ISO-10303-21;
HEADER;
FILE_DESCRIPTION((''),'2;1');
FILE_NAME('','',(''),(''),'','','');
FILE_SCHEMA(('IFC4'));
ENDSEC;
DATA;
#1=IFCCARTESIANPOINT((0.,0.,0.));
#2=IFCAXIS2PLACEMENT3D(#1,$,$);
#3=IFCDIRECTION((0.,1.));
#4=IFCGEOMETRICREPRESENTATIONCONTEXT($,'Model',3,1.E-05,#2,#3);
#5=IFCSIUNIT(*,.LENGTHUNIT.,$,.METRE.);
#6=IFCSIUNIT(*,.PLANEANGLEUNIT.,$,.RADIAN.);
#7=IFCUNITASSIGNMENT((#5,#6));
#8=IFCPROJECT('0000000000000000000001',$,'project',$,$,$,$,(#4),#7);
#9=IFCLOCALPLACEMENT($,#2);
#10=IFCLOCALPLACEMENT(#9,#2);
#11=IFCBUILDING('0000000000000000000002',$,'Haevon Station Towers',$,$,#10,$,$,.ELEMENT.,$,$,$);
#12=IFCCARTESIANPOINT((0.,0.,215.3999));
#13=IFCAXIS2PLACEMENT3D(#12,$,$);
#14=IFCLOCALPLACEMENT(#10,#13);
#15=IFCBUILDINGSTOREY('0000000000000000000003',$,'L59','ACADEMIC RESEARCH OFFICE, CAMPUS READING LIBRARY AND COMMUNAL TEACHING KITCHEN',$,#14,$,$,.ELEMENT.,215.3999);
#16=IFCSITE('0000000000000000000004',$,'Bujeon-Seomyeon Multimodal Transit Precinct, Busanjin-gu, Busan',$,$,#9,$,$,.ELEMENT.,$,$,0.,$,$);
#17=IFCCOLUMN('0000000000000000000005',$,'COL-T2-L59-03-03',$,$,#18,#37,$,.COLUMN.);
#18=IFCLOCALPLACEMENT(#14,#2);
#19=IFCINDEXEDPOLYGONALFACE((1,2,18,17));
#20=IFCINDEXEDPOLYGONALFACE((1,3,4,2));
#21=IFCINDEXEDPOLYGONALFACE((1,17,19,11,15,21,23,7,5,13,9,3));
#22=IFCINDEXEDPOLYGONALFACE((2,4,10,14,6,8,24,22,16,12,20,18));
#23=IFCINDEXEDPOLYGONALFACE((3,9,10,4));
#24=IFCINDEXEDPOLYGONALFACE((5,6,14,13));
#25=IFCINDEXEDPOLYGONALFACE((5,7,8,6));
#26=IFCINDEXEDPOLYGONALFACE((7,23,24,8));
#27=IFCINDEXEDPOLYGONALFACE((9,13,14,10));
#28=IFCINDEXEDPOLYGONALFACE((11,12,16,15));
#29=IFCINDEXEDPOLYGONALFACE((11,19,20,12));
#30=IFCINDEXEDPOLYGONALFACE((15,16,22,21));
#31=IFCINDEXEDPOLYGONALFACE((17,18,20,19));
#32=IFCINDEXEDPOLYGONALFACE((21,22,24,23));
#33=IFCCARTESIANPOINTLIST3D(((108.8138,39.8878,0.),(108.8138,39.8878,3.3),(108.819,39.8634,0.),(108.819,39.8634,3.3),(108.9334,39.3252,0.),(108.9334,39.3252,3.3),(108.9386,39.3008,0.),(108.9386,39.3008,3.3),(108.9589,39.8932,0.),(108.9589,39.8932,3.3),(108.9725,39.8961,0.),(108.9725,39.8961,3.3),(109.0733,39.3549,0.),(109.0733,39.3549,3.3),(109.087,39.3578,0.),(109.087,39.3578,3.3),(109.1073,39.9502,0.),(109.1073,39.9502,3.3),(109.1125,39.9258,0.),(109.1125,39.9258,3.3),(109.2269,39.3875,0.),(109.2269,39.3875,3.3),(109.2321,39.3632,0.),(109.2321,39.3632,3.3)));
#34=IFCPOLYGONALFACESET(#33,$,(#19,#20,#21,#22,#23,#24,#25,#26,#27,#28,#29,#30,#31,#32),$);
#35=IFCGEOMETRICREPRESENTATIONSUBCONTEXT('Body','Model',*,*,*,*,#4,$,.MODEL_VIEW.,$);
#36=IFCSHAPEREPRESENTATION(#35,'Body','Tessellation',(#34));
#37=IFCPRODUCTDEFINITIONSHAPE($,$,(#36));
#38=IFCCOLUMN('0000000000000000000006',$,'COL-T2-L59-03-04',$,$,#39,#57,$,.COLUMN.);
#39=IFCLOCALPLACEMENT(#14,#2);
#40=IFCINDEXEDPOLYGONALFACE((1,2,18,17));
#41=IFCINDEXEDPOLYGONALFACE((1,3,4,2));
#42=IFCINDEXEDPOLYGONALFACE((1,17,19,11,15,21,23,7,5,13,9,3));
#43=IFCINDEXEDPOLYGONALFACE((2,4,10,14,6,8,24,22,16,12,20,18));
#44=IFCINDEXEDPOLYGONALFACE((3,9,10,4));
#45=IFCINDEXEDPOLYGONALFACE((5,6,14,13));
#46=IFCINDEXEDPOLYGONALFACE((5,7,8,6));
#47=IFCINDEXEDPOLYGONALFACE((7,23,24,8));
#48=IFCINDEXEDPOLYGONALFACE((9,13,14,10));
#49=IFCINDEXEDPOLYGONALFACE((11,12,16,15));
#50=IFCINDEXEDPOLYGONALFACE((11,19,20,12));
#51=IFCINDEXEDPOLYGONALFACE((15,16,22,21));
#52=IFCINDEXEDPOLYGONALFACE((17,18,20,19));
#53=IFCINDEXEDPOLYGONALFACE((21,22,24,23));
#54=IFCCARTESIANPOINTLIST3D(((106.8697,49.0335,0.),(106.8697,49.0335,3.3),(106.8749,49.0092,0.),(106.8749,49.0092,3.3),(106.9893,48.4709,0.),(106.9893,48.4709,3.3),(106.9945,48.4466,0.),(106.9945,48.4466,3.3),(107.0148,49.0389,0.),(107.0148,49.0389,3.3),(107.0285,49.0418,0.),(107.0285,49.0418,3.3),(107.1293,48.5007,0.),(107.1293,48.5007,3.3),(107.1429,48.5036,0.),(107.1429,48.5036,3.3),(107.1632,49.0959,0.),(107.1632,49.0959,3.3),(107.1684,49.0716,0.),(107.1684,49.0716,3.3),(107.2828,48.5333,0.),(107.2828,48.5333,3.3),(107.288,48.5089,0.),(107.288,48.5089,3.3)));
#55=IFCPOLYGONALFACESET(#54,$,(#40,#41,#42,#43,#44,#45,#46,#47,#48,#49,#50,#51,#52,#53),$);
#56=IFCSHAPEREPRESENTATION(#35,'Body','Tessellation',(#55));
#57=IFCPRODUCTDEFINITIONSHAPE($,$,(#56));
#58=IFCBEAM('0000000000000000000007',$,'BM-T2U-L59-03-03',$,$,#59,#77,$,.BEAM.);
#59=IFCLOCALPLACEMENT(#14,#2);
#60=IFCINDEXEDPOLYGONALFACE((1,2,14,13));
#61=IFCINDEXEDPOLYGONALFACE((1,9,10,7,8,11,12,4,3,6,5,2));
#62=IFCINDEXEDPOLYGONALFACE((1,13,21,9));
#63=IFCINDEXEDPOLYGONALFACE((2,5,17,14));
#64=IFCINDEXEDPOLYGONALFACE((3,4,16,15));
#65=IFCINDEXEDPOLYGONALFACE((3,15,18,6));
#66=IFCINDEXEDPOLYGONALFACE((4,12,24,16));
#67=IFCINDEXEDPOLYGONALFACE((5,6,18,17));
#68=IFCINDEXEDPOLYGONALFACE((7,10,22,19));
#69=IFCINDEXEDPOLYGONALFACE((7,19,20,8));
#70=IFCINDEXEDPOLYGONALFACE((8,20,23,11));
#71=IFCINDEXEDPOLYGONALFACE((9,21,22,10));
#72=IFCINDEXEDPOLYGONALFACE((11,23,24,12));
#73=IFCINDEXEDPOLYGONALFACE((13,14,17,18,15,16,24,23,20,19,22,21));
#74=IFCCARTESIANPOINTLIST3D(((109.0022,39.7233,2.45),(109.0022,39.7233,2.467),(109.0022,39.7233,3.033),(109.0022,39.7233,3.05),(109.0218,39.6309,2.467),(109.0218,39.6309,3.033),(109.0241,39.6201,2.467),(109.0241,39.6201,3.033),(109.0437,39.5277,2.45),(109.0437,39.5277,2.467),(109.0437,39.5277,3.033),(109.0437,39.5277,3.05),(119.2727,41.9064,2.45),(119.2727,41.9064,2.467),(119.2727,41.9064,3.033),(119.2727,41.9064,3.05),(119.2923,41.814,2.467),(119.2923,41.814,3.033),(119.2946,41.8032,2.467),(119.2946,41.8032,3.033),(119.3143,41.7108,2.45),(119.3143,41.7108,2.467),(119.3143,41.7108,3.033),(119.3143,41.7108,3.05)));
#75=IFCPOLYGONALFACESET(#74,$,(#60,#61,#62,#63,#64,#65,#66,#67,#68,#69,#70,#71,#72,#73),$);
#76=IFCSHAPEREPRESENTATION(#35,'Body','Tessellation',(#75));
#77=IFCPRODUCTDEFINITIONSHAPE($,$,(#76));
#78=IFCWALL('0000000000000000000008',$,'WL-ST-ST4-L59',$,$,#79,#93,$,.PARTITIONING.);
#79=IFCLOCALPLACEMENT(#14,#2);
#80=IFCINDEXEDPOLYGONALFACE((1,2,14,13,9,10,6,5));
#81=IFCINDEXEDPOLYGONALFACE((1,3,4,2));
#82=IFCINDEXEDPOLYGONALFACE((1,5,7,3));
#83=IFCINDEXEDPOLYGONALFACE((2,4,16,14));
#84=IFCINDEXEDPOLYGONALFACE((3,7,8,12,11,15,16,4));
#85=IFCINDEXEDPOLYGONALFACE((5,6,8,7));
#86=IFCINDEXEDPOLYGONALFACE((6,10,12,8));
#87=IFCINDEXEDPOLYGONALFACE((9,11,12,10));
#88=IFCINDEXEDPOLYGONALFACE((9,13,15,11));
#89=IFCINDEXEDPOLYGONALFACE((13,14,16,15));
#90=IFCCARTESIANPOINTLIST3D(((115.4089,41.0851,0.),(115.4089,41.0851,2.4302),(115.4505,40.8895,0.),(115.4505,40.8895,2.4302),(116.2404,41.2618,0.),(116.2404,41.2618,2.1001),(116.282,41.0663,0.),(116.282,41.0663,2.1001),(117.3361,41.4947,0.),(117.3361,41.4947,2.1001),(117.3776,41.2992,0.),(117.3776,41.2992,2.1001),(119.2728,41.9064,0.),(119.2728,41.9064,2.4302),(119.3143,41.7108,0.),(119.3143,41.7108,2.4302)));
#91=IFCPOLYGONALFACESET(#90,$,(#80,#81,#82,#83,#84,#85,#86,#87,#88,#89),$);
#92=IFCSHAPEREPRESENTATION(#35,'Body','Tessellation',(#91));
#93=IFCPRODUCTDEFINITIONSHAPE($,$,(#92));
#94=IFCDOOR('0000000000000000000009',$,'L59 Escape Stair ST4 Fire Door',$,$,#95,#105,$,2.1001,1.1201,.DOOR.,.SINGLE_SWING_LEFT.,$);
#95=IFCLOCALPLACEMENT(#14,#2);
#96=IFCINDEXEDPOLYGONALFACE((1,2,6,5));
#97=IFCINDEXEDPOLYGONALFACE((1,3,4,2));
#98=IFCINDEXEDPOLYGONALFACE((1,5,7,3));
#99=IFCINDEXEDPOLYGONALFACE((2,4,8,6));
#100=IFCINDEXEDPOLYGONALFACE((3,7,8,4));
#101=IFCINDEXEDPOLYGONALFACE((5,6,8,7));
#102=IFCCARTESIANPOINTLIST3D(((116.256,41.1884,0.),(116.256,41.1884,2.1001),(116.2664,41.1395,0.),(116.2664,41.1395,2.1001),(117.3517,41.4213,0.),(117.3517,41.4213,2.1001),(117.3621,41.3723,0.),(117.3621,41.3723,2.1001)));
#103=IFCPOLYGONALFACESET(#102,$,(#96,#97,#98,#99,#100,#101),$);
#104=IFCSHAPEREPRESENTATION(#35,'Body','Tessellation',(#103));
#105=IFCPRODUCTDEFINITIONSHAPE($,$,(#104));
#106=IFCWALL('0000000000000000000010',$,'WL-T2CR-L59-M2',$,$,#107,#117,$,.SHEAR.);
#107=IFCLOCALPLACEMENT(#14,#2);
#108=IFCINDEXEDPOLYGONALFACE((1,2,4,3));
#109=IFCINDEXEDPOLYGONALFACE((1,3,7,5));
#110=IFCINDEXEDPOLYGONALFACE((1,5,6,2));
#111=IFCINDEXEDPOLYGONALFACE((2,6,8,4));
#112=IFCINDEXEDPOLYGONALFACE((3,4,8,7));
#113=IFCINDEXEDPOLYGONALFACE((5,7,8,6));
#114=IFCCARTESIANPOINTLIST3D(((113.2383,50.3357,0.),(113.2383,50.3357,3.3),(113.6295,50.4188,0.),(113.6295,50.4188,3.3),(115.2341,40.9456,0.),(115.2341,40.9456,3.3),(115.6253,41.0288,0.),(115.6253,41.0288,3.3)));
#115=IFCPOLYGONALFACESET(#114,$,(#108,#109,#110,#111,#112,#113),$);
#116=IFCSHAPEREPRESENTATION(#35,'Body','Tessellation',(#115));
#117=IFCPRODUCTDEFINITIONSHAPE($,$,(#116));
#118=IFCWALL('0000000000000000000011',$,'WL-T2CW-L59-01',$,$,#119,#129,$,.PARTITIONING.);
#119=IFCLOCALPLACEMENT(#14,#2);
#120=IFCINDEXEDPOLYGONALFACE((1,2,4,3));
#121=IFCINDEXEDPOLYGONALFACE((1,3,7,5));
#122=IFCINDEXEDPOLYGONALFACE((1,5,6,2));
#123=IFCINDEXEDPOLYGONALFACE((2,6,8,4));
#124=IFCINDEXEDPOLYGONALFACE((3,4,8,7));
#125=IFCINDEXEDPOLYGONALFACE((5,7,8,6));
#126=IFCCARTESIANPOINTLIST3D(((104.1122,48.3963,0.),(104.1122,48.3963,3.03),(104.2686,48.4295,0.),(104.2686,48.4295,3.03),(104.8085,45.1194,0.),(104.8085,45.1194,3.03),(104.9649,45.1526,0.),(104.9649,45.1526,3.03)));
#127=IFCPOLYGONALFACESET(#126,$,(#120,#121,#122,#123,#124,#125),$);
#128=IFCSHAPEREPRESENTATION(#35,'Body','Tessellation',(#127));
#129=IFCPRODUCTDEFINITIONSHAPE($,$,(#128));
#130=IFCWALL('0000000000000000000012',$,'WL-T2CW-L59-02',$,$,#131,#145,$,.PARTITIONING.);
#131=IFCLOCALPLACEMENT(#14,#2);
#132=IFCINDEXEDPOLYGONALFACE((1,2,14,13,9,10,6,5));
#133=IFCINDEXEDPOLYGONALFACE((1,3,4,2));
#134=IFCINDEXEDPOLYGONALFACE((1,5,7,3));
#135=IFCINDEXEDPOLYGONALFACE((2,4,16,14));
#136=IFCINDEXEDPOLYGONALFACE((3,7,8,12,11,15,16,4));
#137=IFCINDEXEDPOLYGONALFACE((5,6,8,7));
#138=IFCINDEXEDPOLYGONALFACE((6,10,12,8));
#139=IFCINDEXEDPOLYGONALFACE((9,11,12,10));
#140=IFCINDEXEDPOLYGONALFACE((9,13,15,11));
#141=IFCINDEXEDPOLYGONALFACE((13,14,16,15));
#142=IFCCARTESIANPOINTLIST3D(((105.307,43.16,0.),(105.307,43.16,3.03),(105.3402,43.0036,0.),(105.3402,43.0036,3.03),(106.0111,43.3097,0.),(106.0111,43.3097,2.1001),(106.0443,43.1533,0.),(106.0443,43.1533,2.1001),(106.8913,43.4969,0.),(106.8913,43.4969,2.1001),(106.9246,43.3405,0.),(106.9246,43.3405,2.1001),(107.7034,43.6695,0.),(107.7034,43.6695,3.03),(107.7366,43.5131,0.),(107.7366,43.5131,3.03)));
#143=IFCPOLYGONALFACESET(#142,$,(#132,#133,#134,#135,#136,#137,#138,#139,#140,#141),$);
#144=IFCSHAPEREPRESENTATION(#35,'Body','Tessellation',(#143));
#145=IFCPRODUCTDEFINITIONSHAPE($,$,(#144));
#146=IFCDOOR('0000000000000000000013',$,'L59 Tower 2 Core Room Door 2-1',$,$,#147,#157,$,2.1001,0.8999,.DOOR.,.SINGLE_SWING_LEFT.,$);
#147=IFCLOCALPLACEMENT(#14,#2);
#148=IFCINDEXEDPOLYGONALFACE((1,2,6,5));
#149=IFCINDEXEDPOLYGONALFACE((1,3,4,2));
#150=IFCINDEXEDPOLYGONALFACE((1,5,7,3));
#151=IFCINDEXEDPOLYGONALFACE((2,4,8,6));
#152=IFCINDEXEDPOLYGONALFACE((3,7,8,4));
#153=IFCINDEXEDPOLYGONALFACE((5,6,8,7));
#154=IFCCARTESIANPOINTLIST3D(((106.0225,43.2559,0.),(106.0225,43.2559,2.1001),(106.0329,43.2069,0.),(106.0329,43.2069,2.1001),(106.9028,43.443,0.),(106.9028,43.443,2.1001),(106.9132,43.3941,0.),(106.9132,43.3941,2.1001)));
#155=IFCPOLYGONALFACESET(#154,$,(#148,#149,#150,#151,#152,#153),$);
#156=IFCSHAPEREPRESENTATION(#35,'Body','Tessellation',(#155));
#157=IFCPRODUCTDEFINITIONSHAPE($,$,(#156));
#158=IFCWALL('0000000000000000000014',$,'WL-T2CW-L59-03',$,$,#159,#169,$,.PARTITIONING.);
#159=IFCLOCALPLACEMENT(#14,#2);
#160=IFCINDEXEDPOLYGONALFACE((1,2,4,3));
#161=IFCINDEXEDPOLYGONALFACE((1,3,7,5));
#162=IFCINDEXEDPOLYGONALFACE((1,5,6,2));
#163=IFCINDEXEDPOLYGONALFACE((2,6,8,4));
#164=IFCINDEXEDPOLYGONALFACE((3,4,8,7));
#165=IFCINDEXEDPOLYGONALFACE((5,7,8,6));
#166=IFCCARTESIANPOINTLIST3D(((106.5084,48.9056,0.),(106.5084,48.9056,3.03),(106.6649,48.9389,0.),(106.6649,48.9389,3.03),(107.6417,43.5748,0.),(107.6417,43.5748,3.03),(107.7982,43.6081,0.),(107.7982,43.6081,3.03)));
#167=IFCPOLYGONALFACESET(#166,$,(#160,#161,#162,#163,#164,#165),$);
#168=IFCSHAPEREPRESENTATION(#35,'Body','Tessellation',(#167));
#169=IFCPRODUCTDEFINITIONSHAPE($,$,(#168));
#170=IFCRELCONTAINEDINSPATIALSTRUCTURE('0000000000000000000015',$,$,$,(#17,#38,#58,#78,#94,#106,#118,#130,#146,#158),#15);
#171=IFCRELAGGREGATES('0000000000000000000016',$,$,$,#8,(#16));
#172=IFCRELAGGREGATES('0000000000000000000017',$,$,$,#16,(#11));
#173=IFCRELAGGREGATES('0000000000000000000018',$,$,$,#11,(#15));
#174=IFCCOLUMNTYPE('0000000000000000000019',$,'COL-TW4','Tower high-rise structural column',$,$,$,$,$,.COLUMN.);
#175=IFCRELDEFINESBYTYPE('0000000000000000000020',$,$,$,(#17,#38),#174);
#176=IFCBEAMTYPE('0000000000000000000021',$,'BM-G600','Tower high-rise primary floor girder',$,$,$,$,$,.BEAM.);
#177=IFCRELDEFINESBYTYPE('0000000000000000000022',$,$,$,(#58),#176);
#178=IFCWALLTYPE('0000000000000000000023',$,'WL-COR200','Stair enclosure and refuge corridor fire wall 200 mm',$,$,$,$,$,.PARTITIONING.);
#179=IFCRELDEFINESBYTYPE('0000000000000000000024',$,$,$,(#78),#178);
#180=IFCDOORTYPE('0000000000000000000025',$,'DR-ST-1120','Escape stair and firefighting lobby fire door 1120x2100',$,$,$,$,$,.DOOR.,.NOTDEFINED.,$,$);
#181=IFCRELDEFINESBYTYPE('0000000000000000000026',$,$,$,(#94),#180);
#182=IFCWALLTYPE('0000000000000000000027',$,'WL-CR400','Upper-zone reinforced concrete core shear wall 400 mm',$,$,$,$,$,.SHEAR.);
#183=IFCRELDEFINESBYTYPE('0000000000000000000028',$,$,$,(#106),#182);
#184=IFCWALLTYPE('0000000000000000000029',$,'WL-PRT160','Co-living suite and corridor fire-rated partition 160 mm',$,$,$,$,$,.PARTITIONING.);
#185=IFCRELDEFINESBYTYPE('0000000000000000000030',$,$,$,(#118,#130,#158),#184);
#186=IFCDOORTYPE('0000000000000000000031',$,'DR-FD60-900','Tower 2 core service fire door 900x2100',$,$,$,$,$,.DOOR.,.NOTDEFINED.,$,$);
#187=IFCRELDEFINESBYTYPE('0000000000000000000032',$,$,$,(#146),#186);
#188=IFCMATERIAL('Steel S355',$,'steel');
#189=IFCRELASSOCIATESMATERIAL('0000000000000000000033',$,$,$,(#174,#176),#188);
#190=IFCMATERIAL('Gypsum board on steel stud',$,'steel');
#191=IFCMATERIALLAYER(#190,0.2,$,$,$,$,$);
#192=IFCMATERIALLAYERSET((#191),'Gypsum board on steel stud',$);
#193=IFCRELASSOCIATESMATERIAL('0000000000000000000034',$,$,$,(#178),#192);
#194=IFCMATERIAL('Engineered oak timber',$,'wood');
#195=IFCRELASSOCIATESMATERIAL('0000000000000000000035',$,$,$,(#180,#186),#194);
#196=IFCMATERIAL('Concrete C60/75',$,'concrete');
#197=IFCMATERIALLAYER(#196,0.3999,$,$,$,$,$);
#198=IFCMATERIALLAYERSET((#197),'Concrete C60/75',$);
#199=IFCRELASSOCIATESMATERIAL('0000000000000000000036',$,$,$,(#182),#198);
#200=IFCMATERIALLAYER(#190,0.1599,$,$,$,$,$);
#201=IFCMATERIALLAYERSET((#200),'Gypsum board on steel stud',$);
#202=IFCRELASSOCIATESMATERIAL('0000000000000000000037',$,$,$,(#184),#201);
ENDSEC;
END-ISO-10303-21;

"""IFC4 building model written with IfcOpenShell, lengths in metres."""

from ifc_helpers import new_model, si_unit, direction, frame, frame_2d, origin, origin_2d, place, context, subcontext, project, spatial, rectangle, i_section, extrude, material, layer, layer_set, material_profile, profile_set, type_object, element, fill, save


model = new_model("IFC4")

# Units and contexts
model_context = context("Model", 3, precision=1e-05, world=origin(), true_north=direction((0.0, 1.0)))
body_context = subcontext(model_context, "Body", "Model", "MODEL_VIEW")
ifc_project = project(units=[si_unit("LENGTHUNIT", "METRE"), si_unit("PLANEANGLEUNIT", "RADIAN")], contexts=[model_context])

# Site, building, storey
site_placement = place(None, origin())
site = spatial("IfcSite", under=ifc_project, at=site_placement, Name="Bujeon-Seomyeon Multimodal Transit Precinct, Busanjin-gu, Busan", CompositionType="ELEMENT", RefElevation=0.0)
building_placement = place(site_placement, origin())
building = spatial("IfcBuilding", under=site, at=building_placement, Name="Haevon Station Towers", CompositionType="ELEMENT")
storey_placement = place(building_placement, frame((0.0, 0.0, 215.3999)))
storey = spatial("IfcBuildingStorey", under=building, at=storey_placement, Name="L59", Description="ACADEMIC RESEARCH OFFICE, CAMPUS READING LIBRARY AND COMMUNAL TEACHING KITCHEN", CompositionType="ELEMENT", Elevation=215.3999)

# Columns
ifc_material_1 = material(Name="Steel S355", Category="steel")
ifc_material_profile_1 = material_profile(ifc_material_1, i_section(OverallWidth=0.3, OverallDepth=0.6001, WebThickness=0.0139, FlangeThickness=0.0249, at=origin_2d()), Name="H-600x300x14x25")
ifc_profile_set_1 = profile_set([ifc_material_profile_1], Name="Steel S355")
column_type = type_object("IfcColumnType", Name="COL-TW4", Description="Tower high-rise structural column", PredefinedType="COLUMN", material=ifc_profile_set_1)
for number, where, z_axis, x_axis, name in (
    (1, (109.0229, 39.6255, 0.0), (0.0, 0.0, 1.0), (0.978148, 0.207912, 0.0), "COL-T2-L59-03-03"),
    (2, (107.0789, 48.7712, 0.0), (0.0, 0.0, 1.0), (0.978148, 0.207912, 0.0), "COL-T2-L59-03-04"),
):
    element("IfcColumn", number, at=place(storey_placement, frame(where, z_axis=z_axis, x_axis=x_axis)), inside=storey, type_object=column_type, Name=name, PredefinedType="COLUMN", context=body_context, shape_type="SweptSolid", body=[
        extrude(i_section(OverallWidth=0.3, OverallDepth=0.6001, WebThickness=0.0139, FlangeThickness=0.0249, at=origin_2d()), origin(), (0.0, 0.0, 1.0), 3.3),
    ])

# Beam
ifc_material_profile_2 = material_profile(ifc_material_1, i_section(OverallWidth=0.2, OverallDepth=0.6001, WebThickness=0.011, FlangeThickness=0.0171, at=origin_2d()), Name="H-600x200x11x17")
ifc_profile_set_2 = profile_set([ifc_material_profile_2], Name="Steel S355")
beam_type = type_object("IfcBeamType", Name="BM-G600", Description="Tower high-rise primary floor girder", PredefinedType="BEAM", material=ifc_profile_set_2)
beam_placement = place(storey_placement, frame((109.0229, 39.6255, 2.75), z_axis=(0.978147, 0.207915, 0.0), x_axis=(-0.207915, 0.978147, 0.0)))
element("IfcBeam", 3, at=beam_placement, inside=storey, type_object=beam_type, Name="BM-T2U-L59-03-03", PredefinedType="BEAM", context=body_context, shape_type="SweptSolid", body=[
    extrude(i_section(OverallWidth=0.2, OverallDepth=0.6001, WebThickness=0.011, FlangeThickness=0.0171, at=origin_2d()), origin(), (0.0, 0.0, 1.0), 10.5),
])

# Wall, opening, door
ifc_material_2 = material(Name="Gypsum board on steel stud", Category="steel")
ifc_layer_1 = layer(ifc_material_2, 0.2)
ifc_layer_set_1 = layer_set([ifc_layer_1], Name="Gypsum board on steel stud")
wall_type_1 = type_object("IfcWallType", Name="WL-COR200", Description="Stair enclosure and refuge corridor fire wall 200 mm", PredefinedType="PARTITIONING", material=ifc_layer_set_1)
wall_1_placement = place(storey_placement, frame((115.4297, 40.9873, 0.0), z_axis=(0.0, 0.0, 1.0), x_axis=(0.978147, 0.207916, 0.0)))
wall_1 = element("IfcWall", 4, at=wall_1_placement, inside=storey, type_object=wall_type_1, Name="WL-ST-ST4-L59", PredefinedType="PARTITIONING", context=body_context, shape_type="SweptSolid", body=[
    extrude(rectangle(XDim=3.9502, YDim=0.2, at=frame_2d((1.9751, 0.0))), origin(), (0.0, 0.0, 1.0), 2.4302),
])
opening_1_placement = place(wall_1_placement, frame((0.8501, 0.0, 0.0)))
opening_1 = element("IfcOpeningElement", 5, at=opening_1_placement, cuts=wall_1, PredefinedType="OPENING", context=body_context, shape_type="SweptSolid", body=[
    extrude(rectangle(XDim=1.1201, YDim=2.1001, at=frame_2d((0.5601, 1.05))), frame((0.0, 0.1099, 0.0), z_axis=(0.0, -1.0, 0.0), x_axis=(1.0, 0.0, 0.0)), (0.0, 0.0, 1.0), 0.22),
])
ifc_material_3 = material(Name="Engineered oak timber", Category="wood")
door_type_1 = type_object("IfcDoorType", Name="DR-ST-1120", Description="Escape stair and firefighting lobby fire door 1120x2100", OperationType="NOTDEFINED", PredefinedType="DOOR", material=ifc_material_3)
door_1_placement = place(opening_1_placement, origin())
door_1 = element("IfcDoor", 6, at=door_1_placement, inside=storey, type_object=door_type_1, Name="L59 Escape Stair ST4 Fire Door", OperationType="SINGLE_SWING_LEFT", OverallHeight=2.1001, OverallWidth=1.1201, PredefinedType="DOOR", context=body_context, shape_type="SweptSolid", body=[
    extrude(rectangle(XDim=1.1201, YDim=2.1001, at=frame_2d((0.5601, 1.05))), frame((0.0, 0.0249, 0.0), z_axis=(0.0, -1.0, 0.0), x_axis=(1.0, 0.0, 0.0)), (0.0, 0.0, 1.0), 0.05),
])
fill(opening_1, door_1)

# Walls
ifc_material_4 = material(Name="Concrete C60/75", Category="concrete")
ifc_layer_2 = layer(ifc_material_4, 0.3999)
ifc_layer_set_2 = layer_set([ifc_layer_2], Name="Concrete C60/75")
wall_type_2 = type_object("IfcWallType", Name="WL-CR400", Description="Upper-zone reinforced concrete core shear wall 400 mm", PredefinedType="SHEAR", material=ifc_layer_set_2)
wall_2_placement = place(storey_placement, frame((115.4297, 40.9873, 0.0), z_axis=(0.0, 0.0, 1.0), x_axis=(-0.207903, 0.978149, 0.0)))
element("IfcWall", 7, at=wall_2_placement, inside=storey, type_object=wall_type_2, Name="WL-T2CR-L59-M2", PredefinedType="SHEAR", context=body_context, shape_type="SweptSolid", body=[
    extrude(rectangle(XDim=9.5999, YDim=0.3999, at=frame_2d((4.7998, 0.0))), origin(), (0.0, 0.0, 1.0), 3.3),
])
ifc_layer_3 = layer(ifc_material_2, 0.1599)
ifc_layer_set_3 = layer_set([ifc_layer_3], Name="Gypsum board on steel stud")
wall_type_3 = type_object("IfcWallType", Name="WL-PRT160", Description="Co-living suite and corridor fire-rated partition 160 mm", PredefinedType="PARTITIONING", material=ifc_layer_set_3)
wall_3_placement = place(storey_placement, frame((104.8867, 45.136, 0.0), z_axis=(0.0, 0.0, 1.0), x_axis=(-0.207847, 0.978161, 0.0)))
element("IfcWall", 8, at=wall_3_placement, inside=storey, type_object=wall_type_3, Name="WL-T2CW-L59-01", PredefinedType="PARTITIONING", context=body_context, shape_type="SweptSolid", body=[
    extrude(rectangle(XDim=3.3501, YDim=0.1599, at=frame_2d((1.675, 0.0))), origin(), (0.0, 0.0, 1.0), 3.03),
])

# Wall, opening, door
wall_4_placement = place(storey_placement, frame((105.3235, 43.0818, 0.0), z_axis=(0.0, 0.0, 1.0), x_axis=(0.978137, 0.207964, 0.0)))
wall_4 = element("IfcWall", 9, at=wall_4_placement, inside=storey, type_object=wall_type_3, Name="WL-T2CW-L59-02", PredefinedType="PARTITIONING", context=body_context, shape_type="SweptSolid", body=[
    extrude(rectangle(XDim=2.45, YDim=0.1599, at=frame_2d((1.2251, 0.0))), origin(), (0.0, 0.0, 1.0), 3.03),
])
opening_2_placement = place(wall_4_placement, frame((0.72, 0.0, 0.0)))
opening_2 = element("IfcOpeningElement", 10, at=opening_2_placement, cuts=wall_4, PredefinedType="OPENING", context=body_context, shape_type="SweptSolid", body=[
    extrude(rectangle(XDim=0.8999, YDim=2.1001, at=frame_2d((0.45, 1.05))), frame((0.0, 0.0898, 0.0), z_axis=(0.0, -1.0, 0.0), x_axis=(1.0, 0.0, 0.0)), (0.0, 0.0, 1.0), 0.1799),
])
door_type_2 = type_object("IfcDoorType", Name="DR-FD60-900", Description="Tower 2 core service fire door 900x2100", OperationType="NOTDEFINED", PredefinedType="DOOR", material=ifc_material_3)
door_2_placement = place(opening_2_placement, origin())
door_2 = element("IfcDoor", 11, at=door_2_placement, inside=storey, type_object=door_type_2, Name="L59 Tower 2 Core Room Door 2-1", OperationType="SINGLE_SWING_LEFT", OverallHeight=2.1001, OverallWidth=0.8999, PredefinedType="DOOR", context=body_context, shape_type="SweptSolid", body=[
    extrude(rectangle(XDim=0.8999, YDim=2.1001, at=frame_2d((0.45, 1.05))), frame((0.0, 0.0249, 0.0), z_axis=(0.0, -1.0, 0.0), x_axis=(1.0, 0.0, 0.0)), (0.0, 0.0, 1.0), 0.05),
])
fill(opening_2, door_2)

# Wall
wall_5_placement = place(storey_placement, frame((107.72, 43.5913, 0.0), z_axis=(0.0, 0.0, 1.0), x_axis=(-0.207947, 0.97814, 0.0)))
element("IfcWall", 12, at=wall_5_placement, inside=storey, type_object=wall_type_3, Name="WL-T2CW-L59-03", PredefinedType="PARTITIONING", context=body_context, shape_type="SweptSolid", body=[
    extrude(rectangle(XDim=5.45, YDim=0.1599, at=frame_2d((2.7251, 0.0))), origin(), (0.0, 0.0, 1.0), 3.03),
])

save(model, "model.ifc")
